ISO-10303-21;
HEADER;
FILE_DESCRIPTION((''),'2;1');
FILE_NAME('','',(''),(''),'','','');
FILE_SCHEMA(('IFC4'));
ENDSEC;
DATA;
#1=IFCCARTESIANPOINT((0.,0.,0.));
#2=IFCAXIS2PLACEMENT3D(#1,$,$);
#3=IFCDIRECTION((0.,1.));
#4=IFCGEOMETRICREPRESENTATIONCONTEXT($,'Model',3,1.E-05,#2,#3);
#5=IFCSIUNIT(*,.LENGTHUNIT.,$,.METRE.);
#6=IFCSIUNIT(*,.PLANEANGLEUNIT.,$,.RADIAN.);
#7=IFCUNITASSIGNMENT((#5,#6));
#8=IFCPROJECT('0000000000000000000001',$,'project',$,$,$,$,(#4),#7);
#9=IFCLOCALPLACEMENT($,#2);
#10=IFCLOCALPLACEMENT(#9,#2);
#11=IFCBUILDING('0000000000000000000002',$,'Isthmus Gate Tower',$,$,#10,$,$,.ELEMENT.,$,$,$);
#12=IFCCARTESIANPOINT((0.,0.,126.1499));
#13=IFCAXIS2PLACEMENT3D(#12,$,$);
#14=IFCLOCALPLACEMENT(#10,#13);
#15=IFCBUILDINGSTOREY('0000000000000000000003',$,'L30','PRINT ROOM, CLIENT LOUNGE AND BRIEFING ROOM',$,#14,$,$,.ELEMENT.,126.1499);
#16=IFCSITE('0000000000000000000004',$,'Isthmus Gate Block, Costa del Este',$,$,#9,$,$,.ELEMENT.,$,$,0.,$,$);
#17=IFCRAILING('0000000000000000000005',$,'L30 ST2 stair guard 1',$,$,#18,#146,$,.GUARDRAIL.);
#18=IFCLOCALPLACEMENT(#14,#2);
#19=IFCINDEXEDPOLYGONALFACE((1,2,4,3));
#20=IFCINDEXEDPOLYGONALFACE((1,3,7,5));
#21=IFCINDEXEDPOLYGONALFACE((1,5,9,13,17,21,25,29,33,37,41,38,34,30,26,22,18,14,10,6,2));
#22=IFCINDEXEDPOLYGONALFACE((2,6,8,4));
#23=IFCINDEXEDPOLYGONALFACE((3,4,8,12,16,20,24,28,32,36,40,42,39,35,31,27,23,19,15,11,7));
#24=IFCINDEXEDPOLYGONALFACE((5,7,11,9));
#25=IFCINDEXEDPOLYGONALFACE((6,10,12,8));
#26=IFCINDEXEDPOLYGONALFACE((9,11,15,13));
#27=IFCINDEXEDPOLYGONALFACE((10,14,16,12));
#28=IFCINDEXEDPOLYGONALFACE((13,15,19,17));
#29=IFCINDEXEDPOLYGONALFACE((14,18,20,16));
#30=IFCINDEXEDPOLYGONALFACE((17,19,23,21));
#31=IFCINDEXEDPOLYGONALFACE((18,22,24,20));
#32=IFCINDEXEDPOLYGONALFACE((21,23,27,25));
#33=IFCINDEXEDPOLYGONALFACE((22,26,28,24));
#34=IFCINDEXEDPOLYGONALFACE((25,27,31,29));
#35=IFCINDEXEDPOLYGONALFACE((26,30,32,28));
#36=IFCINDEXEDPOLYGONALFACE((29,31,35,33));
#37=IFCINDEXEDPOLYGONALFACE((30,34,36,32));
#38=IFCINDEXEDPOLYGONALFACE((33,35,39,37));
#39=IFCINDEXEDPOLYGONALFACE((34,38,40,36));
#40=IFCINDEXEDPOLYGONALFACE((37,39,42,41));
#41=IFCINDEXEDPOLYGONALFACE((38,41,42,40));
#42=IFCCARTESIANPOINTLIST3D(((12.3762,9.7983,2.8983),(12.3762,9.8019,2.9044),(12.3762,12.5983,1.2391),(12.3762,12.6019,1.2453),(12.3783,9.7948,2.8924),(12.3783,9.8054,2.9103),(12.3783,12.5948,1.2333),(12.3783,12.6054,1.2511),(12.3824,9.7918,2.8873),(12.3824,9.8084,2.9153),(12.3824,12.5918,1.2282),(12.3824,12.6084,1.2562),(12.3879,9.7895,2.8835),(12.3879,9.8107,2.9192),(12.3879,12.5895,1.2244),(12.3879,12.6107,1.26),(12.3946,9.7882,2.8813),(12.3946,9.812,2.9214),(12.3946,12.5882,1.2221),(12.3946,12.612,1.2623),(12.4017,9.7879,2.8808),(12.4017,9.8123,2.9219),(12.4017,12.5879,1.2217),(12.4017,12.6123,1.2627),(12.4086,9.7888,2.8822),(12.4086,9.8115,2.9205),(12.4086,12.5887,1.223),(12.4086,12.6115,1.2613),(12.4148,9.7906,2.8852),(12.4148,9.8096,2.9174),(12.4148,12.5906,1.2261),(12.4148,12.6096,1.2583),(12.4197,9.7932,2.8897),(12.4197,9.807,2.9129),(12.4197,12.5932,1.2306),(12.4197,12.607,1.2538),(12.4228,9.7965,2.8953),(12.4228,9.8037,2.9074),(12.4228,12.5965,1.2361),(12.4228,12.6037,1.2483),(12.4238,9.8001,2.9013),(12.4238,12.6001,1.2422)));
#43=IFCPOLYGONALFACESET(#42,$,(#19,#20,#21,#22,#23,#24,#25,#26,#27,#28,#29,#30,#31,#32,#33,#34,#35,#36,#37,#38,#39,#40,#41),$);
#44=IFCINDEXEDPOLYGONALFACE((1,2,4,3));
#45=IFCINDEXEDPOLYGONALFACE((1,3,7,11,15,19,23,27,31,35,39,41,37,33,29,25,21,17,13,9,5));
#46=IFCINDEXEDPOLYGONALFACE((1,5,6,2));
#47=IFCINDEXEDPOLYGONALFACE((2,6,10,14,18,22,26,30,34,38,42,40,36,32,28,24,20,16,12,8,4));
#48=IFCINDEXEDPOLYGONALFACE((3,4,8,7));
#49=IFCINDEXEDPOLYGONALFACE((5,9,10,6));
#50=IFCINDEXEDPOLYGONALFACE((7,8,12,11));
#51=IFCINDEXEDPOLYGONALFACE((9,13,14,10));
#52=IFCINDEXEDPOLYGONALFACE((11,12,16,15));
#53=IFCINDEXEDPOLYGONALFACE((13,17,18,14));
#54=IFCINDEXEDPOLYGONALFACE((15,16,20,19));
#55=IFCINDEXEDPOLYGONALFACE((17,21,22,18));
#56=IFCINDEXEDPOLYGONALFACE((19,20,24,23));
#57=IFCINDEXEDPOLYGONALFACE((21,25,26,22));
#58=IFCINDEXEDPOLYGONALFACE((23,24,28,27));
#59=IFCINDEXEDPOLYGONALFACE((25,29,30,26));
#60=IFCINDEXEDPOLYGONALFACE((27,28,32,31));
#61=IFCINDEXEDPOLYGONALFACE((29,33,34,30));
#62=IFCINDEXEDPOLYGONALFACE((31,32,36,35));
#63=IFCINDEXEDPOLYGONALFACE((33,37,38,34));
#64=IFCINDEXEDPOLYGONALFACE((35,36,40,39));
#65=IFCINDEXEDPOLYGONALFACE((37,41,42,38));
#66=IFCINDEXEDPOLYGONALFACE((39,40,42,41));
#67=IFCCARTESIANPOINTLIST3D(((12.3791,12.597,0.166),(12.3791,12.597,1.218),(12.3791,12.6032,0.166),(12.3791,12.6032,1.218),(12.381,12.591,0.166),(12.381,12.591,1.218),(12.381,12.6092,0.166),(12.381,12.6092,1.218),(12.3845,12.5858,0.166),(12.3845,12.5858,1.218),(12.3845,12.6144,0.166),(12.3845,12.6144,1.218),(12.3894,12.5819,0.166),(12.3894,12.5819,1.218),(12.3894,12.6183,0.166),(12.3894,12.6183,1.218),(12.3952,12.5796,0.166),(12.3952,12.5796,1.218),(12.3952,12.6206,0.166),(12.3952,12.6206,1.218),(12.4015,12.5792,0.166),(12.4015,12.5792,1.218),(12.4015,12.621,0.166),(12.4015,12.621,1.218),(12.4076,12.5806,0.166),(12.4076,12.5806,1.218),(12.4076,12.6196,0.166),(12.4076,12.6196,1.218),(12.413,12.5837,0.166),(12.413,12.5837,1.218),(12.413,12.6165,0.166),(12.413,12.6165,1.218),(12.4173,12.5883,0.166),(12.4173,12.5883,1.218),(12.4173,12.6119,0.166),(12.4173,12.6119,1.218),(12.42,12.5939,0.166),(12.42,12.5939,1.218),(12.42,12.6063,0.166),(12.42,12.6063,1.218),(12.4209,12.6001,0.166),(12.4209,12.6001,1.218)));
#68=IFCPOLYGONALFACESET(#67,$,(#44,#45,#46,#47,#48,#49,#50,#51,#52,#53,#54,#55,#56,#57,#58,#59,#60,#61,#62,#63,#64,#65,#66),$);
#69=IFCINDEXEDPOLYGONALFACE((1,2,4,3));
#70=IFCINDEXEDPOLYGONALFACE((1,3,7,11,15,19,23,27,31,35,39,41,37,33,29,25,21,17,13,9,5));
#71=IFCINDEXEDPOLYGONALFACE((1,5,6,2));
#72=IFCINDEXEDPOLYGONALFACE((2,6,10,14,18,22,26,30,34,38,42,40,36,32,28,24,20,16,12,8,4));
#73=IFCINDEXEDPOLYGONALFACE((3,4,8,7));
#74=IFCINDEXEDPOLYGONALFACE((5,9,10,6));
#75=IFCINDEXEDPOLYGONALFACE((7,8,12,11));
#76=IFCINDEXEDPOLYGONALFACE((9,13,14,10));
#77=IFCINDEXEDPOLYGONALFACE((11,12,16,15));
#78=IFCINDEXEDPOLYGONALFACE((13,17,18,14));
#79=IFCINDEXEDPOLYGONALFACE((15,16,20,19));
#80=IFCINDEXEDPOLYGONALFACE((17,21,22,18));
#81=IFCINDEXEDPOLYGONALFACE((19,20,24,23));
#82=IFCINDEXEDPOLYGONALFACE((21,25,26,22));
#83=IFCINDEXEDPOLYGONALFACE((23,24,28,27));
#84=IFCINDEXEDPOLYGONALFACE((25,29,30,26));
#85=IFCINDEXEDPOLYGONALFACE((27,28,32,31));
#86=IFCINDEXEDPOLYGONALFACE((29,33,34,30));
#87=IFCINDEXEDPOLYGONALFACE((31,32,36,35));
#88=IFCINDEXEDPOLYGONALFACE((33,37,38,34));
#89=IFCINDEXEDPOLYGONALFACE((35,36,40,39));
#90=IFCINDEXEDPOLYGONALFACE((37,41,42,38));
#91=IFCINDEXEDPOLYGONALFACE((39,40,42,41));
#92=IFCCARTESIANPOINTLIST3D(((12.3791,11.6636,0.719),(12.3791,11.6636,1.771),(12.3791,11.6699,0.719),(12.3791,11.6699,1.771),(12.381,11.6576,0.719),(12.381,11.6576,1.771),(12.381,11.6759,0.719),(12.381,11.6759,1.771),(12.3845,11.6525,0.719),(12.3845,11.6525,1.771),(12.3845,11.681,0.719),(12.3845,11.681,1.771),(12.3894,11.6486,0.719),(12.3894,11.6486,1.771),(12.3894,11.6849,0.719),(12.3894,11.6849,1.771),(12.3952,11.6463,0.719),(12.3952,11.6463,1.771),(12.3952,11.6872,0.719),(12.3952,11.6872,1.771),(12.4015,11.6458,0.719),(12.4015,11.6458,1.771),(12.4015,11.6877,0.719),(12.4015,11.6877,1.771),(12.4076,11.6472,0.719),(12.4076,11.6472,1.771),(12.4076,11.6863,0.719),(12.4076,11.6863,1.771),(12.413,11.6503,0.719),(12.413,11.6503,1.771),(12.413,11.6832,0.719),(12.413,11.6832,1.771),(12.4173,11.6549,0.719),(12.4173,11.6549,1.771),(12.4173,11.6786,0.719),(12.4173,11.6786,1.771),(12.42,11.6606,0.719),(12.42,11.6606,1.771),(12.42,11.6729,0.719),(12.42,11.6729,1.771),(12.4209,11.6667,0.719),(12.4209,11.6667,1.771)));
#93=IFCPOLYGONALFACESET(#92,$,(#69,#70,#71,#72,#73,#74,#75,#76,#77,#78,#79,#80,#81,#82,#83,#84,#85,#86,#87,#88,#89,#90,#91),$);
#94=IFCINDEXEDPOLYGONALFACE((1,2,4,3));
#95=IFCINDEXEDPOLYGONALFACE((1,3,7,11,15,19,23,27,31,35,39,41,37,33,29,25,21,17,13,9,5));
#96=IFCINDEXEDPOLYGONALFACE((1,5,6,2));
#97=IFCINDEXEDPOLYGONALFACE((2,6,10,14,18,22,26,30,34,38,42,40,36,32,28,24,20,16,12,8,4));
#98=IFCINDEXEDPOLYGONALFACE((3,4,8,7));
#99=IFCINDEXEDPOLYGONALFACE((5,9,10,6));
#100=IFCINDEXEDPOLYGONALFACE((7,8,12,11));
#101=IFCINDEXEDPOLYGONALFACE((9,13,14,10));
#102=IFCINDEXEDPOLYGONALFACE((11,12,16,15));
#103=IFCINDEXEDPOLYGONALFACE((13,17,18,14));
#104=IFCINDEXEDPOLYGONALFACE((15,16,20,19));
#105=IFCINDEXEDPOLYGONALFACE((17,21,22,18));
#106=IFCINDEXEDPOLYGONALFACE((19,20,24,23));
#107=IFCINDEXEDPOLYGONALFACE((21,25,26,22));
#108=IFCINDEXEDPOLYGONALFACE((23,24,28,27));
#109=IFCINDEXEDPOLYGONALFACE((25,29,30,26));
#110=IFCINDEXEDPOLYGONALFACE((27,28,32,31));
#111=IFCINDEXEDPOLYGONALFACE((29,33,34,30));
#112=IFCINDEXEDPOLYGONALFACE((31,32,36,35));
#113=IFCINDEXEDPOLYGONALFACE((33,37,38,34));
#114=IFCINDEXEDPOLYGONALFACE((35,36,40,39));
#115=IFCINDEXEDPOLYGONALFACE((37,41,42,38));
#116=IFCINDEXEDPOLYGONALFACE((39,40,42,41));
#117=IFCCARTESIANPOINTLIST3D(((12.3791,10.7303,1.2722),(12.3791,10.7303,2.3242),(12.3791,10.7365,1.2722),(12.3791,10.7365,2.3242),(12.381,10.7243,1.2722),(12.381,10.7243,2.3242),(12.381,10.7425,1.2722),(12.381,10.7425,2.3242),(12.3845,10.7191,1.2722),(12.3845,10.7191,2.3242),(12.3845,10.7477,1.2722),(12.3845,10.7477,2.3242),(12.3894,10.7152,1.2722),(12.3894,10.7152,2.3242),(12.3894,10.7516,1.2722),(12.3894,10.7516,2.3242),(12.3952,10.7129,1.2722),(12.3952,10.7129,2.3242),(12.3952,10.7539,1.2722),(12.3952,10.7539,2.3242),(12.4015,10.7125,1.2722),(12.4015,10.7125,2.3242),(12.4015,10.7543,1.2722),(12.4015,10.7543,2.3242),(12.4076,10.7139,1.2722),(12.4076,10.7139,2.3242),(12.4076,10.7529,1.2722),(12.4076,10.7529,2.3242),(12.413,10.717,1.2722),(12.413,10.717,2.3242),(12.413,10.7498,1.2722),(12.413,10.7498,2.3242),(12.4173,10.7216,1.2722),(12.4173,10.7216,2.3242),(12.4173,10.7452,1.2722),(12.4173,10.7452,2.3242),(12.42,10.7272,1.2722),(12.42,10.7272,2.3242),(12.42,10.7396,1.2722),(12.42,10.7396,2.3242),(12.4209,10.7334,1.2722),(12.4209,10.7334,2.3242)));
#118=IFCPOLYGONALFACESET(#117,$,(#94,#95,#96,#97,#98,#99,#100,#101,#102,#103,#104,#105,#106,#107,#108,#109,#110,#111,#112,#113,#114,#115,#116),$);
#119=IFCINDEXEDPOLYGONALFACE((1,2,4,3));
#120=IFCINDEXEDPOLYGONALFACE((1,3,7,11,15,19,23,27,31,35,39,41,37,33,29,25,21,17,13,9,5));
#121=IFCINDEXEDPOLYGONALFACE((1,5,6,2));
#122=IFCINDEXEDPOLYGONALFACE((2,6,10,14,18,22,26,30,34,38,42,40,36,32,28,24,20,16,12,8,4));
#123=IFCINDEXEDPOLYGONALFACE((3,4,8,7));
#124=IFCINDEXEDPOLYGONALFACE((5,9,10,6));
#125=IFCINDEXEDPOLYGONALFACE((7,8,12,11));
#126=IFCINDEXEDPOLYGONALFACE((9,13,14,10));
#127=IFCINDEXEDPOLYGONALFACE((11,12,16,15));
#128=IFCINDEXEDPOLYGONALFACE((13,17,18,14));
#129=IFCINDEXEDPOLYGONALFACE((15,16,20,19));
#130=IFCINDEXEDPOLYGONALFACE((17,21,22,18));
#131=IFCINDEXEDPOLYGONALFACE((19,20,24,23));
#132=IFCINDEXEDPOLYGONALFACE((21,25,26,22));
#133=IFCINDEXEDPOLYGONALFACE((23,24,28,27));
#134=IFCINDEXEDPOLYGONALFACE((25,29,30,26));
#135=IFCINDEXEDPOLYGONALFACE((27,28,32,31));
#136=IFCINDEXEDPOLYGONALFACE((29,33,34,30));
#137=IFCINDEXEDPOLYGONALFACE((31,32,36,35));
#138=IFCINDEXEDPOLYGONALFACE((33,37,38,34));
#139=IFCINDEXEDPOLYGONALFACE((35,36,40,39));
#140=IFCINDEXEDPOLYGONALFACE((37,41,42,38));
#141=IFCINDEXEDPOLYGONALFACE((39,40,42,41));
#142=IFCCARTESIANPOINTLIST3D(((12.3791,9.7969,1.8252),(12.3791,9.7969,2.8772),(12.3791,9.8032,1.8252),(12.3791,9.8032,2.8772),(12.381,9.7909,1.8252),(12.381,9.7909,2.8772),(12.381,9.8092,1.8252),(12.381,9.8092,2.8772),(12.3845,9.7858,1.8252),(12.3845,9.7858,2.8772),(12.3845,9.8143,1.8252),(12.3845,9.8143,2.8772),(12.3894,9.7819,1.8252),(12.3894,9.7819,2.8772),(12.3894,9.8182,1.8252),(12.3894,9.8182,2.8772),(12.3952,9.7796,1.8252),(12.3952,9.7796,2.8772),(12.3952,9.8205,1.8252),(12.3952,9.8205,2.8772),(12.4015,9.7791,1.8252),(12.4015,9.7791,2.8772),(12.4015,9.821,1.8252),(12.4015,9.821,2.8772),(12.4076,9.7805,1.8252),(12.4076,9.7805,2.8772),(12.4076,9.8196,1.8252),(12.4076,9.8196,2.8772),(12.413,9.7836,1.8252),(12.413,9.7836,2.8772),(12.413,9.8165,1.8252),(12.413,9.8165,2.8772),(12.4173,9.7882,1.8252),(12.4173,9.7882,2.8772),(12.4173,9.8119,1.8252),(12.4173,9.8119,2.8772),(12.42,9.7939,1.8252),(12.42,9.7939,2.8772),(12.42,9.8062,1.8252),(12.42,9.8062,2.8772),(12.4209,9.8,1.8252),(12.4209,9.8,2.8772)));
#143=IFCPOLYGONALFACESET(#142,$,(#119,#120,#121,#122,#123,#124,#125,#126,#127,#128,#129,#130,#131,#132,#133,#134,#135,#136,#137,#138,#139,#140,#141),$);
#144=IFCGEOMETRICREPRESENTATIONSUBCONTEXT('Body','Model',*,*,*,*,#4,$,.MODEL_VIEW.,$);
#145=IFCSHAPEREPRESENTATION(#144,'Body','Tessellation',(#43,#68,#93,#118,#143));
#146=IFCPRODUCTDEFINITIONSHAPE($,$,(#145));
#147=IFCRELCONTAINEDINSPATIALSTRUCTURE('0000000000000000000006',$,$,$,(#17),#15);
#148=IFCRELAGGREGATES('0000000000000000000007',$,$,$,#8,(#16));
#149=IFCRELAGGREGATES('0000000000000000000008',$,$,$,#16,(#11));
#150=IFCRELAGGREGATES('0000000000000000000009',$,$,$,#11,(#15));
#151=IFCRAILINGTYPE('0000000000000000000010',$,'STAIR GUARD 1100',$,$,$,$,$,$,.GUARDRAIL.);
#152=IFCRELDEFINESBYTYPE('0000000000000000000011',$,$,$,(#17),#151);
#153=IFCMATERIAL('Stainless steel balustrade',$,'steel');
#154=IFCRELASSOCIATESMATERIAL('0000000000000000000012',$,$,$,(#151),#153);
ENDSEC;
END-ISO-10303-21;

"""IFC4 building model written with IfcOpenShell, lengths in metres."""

from ifc_helpers import new_model, si_unit, direction, frame, origin, origin_2d, place, context, subcontext, project, spatial, circle, extrude, material, type_object, element, save


model = new_model("IFC4")

# Units and contexts
model_context = context("Model", 3, precision=1e-05, world=origin(), true_north=direction((0.0, 1.0)))
body_context = subcontext(model_context, "Body", "Model", "MODEL_VIEW")
ifc_project = project(units=[si_unit("LENGTHUNIT", "METRE"), si_unit("PLANEANGLEUNIT", "RADIAN")], contexts=[model_context])

# Site, building, storey
site_placement = place(None, origin())
site = spatial("IfcSite", under=ifc_project, at=site_placement, Name="Isthmus Gate Block, Costa del Este", CompositionType="ELEMENT", RefElevation=0.0)
building_placement = place(site_placement, origin())
building = spatial("IfcBuilding", under=site, at=building_placement, Name="Isthmus Gate Tower", CompositionType="ELEMENT")
storey_placement = place(building_placement, frame((0.0, 0.0, 126.1499)))
storey = spatial("IfcBuildingStorey", under=building, at=storey_placement, Name="L30", Description="PRINT ROOM, CLIENT LOUNGE AND BRIEFING ROOM", CompositionType="ELEMENT", Elevation=126.1499)

# Railing
ifc_material_1 = material(Name="Stainless steel balustrade", Category="steel")
railing_type_1 = type_object("IfcRailingType", Name="STAIR GUARD 1100", PredefinedType="GUARDRAIL", material=ifc_material_1)
railing_1_placement = place(storey_placement, frame((12.3999, 12.6001, 0.166)))
element("IfcRailing", 1, at=railing_1_placement, inside=storey, type_object=railing_type_1, Name="L30 ST2 stair guard 1", PredefinedType="GUARDRAIL", context=body_context, shape_type="SweptSolid", body=[
    extrude(circle(Radius=0.0239, at=origin_2d()), frame((0.0, 0.0, 1.0762), z_axis=(0.0, -0.860306, 0.509778), x_axis=(1.0, 0.0, 0.0)), (0.0, 0.0, 1.0), 3.2546),
    extrude(circle(Radius=0.021, at=origin_2d()), origin(), (0.0, 0.0, 1.0), 1.052),
    extrude(circle(Radius=0.021, at=origin_2d()), frame((0.0, -0.9333, 0.553)), (0.0, 0.0, 1.0), 1.052),
    extrude(circle(Radius=0.021, at=origin_2d()), frame((0.0, -1.8667, 1.1062)), (0.0, 0.0, 1.0), 1.052),
    extrude(circle(Radius=0.021, at=origin_2d()), frame((0.0, -2.8, 1.6592)), (0.0, 0.0, 1.0), 1.052),
])

save(model, "model.ifc")
